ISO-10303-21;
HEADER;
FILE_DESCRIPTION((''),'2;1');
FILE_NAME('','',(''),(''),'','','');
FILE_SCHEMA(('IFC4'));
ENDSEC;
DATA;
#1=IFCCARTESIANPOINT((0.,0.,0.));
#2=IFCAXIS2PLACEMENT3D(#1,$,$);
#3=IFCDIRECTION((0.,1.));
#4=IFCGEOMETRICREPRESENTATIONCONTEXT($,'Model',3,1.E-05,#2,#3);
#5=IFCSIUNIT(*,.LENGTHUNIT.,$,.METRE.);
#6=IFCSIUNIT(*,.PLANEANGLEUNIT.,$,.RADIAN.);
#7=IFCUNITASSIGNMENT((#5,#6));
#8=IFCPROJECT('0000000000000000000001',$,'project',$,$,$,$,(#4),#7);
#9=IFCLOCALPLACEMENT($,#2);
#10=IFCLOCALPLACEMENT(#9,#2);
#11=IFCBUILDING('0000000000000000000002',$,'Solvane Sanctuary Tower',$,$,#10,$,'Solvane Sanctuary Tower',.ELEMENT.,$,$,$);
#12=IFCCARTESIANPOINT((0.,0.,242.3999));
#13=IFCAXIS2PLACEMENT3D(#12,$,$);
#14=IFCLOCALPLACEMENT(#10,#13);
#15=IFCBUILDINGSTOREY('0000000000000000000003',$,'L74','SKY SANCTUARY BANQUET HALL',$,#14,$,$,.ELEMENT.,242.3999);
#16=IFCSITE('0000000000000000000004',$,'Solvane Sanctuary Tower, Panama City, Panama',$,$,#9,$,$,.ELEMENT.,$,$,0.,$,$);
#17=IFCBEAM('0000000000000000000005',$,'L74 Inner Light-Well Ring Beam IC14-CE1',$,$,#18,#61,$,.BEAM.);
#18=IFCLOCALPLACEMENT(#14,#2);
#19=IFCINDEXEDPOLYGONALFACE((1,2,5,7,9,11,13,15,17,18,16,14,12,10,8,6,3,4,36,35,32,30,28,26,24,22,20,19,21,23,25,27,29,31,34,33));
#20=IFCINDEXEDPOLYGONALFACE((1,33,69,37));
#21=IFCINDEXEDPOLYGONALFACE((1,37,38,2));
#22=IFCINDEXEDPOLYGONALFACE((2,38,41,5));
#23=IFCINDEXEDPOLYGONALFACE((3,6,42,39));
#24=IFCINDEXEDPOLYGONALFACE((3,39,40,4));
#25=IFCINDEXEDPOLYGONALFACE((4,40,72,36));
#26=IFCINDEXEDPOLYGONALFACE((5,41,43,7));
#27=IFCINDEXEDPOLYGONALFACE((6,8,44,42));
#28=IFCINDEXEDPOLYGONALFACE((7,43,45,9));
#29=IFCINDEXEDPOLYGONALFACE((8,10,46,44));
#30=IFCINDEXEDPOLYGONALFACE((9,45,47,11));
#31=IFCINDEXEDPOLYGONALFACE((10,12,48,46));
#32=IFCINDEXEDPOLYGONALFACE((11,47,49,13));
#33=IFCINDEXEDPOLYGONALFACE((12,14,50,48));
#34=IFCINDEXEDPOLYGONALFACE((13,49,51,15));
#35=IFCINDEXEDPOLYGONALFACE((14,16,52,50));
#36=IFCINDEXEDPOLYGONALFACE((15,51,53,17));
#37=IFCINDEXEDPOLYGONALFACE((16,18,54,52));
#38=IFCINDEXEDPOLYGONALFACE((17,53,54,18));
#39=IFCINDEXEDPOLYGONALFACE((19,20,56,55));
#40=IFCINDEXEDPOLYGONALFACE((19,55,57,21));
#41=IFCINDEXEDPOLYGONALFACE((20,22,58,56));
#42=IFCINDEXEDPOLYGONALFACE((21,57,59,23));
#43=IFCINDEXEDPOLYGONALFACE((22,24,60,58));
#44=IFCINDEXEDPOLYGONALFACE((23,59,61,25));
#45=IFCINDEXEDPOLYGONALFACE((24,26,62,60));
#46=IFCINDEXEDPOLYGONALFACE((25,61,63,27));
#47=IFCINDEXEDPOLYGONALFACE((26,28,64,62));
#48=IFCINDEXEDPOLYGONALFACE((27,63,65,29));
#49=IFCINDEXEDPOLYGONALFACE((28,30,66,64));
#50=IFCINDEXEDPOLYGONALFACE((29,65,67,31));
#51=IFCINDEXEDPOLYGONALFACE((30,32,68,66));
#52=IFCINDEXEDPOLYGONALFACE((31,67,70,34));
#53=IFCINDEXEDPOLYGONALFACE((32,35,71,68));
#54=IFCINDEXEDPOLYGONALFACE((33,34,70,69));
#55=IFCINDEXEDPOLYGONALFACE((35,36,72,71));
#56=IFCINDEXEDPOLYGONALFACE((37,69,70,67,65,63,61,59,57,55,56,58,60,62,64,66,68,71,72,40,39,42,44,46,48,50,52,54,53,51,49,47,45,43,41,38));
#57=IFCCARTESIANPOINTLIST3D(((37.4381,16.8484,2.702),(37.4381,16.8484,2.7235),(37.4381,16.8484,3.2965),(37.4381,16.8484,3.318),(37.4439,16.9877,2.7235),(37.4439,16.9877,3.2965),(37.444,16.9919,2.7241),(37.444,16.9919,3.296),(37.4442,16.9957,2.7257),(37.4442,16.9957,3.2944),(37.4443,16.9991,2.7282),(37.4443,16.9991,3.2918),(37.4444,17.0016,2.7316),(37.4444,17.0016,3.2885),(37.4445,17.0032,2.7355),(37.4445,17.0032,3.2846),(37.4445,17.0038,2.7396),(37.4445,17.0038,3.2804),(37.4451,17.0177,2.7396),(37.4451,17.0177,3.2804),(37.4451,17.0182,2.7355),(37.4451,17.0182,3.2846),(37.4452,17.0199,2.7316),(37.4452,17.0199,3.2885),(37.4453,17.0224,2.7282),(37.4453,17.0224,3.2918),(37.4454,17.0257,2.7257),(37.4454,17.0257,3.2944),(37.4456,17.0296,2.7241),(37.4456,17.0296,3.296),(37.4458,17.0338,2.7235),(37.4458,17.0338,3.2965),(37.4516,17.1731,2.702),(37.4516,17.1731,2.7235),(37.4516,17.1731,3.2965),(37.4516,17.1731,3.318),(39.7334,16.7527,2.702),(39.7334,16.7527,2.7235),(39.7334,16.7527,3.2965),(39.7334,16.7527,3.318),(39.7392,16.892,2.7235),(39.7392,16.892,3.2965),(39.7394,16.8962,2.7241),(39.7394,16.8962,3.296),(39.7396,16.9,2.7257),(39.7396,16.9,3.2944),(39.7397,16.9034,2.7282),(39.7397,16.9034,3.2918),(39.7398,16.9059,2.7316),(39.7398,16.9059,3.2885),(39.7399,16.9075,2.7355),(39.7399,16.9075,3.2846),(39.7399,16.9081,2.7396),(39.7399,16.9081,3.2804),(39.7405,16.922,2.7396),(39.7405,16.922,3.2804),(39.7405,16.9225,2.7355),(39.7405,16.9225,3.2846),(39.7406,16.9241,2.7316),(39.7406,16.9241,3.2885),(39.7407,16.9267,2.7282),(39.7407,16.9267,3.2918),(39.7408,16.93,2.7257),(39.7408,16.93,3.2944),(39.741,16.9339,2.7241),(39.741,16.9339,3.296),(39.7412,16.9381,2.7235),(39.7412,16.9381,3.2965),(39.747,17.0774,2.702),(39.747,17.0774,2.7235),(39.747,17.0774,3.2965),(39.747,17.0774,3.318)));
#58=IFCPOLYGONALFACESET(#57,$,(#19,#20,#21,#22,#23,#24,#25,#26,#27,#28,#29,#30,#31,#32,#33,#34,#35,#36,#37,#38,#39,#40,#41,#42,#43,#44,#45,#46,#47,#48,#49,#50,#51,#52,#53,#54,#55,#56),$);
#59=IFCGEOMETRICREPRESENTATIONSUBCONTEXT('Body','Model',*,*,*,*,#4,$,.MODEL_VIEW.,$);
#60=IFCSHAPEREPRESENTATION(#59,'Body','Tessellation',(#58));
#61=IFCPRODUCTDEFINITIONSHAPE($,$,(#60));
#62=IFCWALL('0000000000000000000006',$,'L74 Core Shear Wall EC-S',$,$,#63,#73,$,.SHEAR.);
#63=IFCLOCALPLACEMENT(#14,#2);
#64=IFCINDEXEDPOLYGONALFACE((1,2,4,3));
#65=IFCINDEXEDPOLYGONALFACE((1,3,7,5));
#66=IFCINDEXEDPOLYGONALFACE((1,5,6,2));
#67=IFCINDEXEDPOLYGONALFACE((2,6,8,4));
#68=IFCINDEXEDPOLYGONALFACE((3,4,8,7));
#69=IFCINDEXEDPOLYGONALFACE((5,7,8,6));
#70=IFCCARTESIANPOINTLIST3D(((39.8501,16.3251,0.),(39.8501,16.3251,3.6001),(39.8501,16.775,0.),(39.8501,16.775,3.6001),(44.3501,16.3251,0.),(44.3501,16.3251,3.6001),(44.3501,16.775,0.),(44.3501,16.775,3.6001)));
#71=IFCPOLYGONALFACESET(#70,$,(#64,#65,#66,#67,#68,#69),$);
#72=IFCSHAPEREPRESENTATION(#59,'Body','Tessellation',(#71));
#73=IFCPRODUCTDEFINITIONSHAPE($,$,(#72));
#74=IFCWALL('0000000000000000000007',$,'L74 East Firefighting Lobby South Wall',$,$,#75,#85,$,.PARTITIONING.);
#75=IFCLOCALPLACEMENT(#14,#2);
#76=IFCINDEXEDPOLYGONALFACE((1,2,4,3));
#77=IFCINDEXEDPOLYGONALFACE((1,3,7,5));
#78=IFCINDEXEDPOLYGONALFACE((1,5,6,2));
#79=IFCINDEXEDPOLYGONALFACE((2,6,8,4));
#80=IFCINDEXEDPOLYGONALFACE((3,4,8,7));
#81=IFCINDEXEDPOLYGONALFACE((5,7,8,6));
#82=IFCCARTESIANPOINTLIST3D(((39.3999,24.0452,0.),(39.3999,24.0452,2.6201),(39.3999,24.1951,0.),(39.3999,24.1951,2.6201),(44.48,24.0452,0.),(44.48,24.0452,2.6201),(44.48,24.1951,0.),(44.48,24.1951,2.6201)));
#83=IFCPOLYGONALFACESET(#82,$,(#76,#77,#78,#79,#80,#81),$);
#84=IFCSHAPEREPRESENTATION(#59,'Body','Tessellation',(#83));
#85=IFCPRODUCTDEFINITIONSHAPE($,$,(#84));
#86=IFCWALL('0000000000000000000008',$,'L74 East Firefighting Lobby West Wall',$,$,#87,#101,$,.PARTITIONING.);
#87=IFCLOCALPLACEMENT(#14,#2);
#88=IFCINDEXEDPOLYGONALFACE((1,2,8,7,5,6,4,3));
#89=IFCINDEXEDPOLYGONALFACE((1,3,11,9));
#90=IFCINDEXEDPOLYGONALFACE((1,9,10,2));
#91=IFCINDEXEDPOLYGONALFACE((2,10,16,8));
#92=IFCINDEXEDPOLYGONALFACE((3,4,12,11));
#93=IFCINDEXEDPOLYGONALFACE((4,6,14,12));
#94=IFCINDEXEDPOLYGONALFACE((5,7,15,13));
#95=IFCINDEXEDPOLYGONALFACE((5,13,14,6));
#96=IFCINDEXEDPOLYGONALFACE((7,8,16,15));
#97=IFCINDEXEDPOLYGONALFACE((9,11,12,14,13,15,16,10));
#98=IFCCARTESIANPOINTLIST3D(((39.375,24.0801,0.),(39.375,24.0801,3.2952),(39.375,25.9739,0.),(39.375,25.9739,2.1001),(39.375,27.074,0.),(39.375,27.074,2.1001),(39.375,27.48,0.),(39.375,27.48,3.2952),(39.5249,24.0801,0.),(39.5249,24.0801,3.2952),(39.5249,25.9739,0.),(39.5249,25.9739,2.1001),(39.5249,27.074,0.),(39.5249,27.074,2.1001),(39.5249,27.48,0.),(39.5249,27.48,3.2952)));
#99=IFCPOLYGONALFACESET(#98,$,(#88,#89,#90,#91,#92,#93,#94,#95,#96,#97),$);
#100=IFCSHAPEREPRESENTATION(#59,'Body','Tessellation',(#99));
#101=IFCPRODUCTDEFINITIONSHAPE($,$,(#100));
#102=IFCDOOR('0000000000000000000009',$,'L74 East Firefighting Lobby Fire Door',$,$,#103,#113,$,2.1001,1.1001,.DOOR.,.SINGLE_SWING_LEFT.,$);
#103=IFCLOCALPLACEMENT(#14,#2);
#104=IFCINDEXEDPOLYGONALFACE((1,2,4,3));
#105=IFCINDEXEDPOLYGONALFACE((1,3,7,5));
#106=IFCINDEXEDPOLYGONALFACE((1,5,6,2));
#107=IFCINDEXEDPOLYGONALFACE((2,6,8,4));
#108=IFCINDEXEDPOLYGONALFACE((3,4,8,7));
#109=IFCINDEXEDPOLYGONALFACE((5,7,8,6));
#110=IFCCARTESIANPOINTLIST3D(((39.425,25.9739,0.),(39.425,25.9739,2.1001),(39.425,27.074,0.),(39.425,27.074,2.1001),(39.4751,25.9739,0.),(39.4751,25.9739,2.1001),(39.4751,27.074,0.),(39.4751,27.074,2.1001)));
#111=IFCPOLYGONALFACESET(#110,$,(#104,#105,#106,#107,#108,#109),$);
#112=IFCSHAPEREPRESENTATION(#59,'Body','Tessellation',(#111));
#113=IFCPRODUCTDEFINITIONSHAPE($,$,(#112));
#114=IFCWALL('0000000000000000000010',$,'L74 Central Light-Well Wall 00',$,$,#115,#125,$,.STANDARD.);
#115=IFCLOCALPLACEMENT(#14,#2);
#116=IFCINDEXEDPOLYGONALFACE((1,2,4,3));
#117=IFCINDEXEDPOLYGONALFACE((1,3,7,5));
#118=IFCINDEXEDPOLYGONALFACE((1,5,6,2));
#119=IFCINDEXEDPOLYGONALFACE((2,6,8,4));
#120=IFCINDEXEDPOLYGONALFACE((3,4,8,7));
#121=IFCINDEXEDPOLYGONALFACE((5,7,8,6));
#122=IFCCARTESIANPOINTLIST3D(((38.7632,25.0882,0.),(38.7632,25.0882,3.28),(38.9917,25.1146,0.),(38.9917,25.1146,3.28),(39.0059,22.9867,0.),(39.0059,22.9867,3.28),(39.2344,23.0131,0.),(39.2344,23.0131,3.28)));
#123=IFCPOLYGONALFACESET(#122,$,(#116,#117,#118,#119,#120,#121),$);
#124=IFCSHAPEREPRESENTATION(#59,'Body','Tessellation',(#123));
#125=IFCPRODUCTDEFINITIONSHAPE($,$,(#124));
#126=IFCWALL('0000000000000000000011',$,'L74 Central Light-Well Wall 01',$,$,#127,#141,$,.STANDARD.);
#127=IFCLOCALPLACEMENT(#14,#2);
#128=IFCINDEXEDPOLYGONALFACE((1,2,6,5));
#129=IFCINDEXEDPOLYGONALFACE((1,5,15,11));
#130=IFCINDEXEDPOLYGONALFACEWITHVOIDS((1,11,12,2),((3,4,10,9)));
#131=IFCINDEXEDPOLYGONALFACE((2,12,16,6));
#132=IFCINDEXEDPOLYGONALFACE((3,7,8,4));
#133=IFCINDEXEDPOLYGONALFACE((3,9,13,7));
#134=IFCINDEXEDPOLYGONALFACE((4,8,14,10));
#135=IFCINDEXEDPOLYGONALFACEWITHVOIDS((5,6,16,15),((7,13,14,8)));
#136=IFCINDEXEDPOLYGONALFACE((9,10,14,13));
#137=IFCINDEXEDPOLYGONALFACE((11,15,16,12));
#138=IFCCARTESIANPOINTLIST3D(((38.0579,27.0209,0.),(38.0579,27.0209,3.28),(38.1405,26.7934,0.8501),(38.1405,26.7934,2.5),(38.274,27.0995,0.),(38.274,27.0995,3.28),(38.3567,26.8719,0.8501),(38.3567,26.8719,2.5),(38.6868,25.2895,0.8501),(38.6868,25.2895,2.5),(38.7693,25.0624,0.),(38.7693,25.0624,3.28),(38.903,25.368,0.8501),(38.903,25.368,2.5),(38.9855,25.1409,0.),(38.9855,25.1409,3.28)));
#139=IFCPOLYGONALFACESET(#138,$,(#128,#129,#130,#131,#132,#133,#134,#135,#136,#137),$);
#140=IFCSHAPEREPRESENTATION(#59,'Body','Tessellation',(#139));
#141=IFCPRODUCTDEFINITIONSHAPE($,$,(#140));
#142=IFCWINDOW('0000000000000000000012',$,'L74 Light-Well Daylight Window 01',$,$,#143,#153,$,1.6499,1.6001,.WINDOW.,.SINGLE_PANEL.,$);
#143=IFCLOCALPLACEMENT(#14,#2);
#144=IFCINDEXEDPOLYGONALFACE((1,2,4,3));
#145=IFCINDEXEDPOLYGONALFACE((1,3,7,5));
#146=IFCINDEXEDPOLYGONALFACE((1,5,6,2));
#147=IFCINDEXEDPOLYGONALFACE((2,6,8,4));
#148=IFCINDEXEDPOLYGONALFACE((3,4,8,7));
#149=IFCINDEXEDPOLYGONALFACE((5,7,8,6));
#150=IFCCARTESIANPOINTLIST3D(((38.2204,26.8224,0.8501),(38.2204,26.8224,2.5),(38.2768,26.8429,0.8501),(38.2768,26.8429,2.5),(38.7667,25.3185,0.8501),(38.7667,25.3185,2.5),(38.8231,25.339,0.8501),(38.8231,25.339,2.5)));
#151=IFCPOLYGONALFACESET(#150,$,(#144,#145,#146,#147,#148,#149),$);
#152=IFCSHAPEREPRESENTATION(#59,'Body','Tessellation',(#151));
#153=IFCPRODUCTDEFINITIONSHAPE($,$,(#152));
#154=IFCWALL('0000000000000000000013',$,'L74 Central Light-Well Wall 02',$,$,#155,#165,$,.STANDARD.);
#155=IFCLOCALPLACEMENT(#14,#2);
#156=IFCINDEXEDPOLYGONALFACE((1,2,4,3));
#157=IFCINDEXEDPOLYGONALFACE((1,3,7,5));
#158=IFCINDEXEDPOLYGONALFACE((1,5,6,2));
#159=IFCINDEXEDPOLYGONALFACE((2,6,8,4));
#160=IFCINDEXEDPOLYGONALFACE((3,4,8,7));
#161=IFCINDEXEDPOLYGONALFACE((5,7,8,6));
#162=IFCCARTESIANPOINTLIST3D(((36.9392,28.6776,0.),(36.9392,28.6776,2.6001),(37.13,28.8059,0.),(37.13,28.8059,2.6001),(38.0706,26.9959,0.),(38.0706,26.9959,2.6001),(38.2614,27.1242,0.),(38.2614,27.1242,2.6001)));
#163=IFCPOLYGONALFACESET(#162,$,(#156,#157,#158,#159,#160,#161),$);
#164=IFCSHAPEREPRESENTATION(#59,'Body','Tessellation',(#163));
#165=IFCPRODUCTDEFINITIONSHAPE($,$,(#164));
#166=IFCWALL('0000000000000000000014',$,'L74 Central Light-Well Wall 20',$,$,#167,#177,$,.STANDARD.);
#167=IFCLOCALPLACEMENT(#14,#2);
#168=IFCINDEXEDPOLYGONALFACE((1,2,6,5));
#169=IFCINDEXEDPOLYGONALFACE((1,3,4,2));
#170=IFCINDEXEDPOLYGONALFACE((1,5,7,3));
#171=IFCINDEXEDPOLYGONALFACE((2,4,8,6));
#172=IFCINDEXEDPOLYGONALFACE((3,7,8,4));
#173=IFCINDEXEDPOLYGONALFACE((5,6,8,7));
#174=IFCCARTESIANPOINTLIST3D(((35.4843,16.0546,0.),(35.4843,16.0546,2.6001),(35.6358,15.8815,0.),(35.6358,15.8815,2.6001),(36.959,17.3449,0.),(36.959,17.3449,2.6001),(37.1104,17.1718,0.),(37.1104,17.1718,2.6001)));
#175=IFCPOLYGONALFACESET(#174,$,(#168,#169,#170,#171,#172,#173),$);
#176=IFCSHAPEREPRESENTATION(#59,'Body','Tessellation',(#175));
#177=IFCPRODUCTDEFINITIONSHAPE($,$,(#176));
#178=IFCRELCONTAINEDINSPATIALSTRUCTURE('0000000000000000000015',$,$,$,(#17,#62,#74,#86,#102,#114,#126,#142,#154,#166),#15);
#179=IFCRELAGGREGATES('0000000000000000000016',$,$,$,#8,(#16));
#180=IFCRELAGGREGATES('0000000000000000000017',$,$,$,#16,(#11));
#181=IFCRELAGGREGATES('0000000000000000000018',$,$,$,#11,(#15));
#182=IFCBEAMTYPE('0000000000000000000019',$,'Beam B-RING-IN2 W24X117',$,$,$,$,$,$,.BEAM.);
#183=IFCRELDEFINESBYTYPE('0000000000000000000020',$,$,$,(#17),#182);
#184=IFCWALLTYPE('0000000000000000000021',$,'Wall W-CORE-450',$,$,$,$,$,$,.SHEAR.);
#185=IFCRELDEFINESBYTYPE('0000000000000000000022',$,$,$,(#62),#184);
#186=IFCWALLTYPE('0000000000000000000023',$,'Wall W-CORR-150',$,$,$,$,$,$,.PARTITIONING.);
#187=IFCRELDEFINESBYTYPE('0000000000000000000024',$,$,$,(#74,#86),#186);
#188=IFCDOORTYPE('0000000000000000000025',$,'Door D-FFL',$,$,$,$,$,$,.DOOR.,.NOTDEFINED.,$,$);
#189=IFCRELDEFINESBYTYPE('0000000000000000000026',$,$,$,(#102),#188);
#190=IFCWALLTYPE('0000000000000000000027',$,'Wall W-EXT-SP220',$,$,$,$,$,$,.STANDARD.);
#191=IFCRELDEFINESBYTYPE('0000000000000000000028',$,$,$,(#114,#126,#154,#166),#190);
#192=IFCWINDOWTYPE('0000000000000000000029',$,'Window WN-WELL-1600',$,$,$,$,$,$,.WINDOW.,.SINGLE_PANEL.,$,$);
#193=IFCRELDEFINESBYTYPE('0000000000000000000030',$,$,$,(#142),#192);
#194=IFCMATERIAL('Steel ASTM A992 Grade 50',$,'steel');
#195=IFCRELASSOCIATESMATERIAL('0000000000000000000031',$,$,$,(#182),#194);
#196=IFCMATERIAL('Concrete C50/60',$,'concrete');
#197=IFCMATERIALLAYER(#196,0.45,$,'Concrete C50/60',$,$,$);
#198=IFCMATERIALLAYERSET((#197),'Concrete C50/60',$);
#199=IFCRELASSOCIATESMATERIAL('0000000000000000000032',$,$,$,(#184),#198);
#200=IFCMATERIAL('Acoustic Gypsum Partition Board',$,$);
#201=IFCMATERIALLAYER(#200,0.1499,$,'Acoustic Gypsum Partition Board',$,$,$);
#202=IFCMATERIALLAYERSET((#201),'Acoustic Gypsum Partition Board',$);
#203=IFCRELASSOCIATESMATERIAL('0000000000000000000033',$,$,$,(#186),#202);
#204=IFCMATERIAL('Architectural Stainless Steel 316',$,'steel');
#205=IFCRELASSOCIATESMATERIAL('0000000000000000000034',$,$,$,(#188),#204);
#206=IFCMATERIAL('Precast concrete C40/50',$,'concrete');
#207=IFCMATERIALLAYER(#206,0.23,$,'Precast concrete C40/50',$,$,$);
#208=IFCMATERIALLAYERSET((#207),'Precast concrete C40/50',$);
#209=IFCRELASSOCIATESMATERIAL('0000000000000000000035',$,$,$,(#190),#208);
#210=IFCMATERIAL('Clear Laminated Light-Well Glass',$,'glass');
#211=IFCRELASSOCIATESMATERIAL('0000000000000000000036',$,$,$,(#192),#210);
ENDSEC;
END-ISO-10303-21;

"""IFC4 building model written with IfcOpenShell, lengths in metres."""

from ifc_helpers import new_model, si_unit, direction, frame, frame_2d, origin, origin_2d, place, context, subcontext, project, spatial, rectangle, i_section, extrude, material, layer, layer_set, material_profile, profile_set, type_object, element, fill, save


model = new_model("IFC4")

# Units and contexts
model_context = context("Model", 3, precision=1e-05, world=origin(), true_north=direction((0.0, 1.0)))
body_context = subcontext(model_context, "Body", "Model", "MODEL_VIEW")
ifc_project = project(units=[si_unit("LENGTHUNIT", "METRE"), si_unit("PLANEANGLEUNIT", "RADIAN")], contexts=[model_context])

# Site, building, storey
site_placement = place(None, origin())
site = spatial("IfcSite", under=ifc_project, at=site_placement, Name="Solvane Sanctuary Tower, Panama City, Panama", CompositionType="ELEMENT", RefElevation=0.0)
building_placement = place(site_placement, origin())
building = spatial("IfcBuilding", under=site, at=building_placement, Name="Solvane Sanctuary Tower", LongName="Solvane Sanctuary Tower", CompositionType="ELEMENT")
storey_placement = place(building_placement, frame((0.0, 0.0, 242.3999)))
storey = spatial("IfcBuildingStorey", under=building, at=storey_placement, Name="L74", Description="SKY SANCTUARY BANQUET HALL", CompositionType="ELEMENT", Elevation=242.3999)

# Beam
ifc_material_1 = material(Name="Steel ASTM A992 Grade 50", Category="steel")
ifc_material_profile_1 = material_profile(ifc_material_1, i_section(OverallWidth=0.325, OverallDepth=0.616, WebThickness=0.0139, FlangeThickness=0.0215, FilletRadius=0.0161, at=origin_2d()), Name="W24X117")
ifc_profile_set_1 = profile_set([ifc_material_profile_1], Name="Steel ASTM A992 Grade 50")
beam_type_1 = type_object("IfcBeamType", Name="Beam B-RING-IN2 W24X117", PredefinedType="BEAM", material=ifc_profile_set_1)
beam_1_placement = place(storey_placement, frame((37.4448, 17.0107, 3.01), z_axis=(0.999132, -0.041657, 0.0), x_axis=(0.041657, 0.999132, 0.0)))
element("IfcBeam", 1, at=beam_1_placement, inside=storey, type_object=beam_type_1, Name="L74 Inner Light-Well Ring Beam IC14-CE1", PredefinedType="BEAM", context=body_context, shape_type="SweptSolid", body=[
    extrude(i_section(OverallWidth=0.325, OverallDepth=0.616, WebThickness=0.0139, FlangeThickness=0.0215, FilletRadius=0.0161, at=origin_2d()), origin(), (0.0, 0.0, 1.0), 2.2974),
])

# Walls
ifc_material_2 = material(Name="Concrete C50/60", Category="concrete")
ifc_layer_1 = layer(ifc_material_2, 0.45, Name="Concrete C50/60")
ifc_layer_set_1 = layer_set([ifc_layer_1], Name="Concrete C50/60")
wall_type_1 = type_object("IfcWallType", Name="Wall W-CORE-450", PredefinedType="SHEAR", material=ifc_layer_set_1)
wall_1_placement = place(storey_placement, frame((39.8501, 16.55, 0.0), z_axis=(0.0, 0.0, 1.0), x_axis=(1.0, 0.0, 0.0)))
element("IfcWall", 2, at=wall_1_placement, inside=storey, type_object=wall_type_1, Name="L74 Core Shear Wall EC-S", PredefinedType="SHEAR", context=body_context, shape_type="SweptSolid", body=[
    extrude(rectangle(XDim=4.5, YDim=0.45, at=frame_2d((2.25, 0.0))), origin(), (0.0, 0.0, 1.0), 3.6001),
])
ifc_material_3 = material(Name="Acoustic Gypsum Partition Board")
ifc_layer_2 = layer(ifc_material_3, 0.1499, Name="Acoustic Gypsum Partition Board")
ifc_layer_set_2 = layer_set([ifc_layer_2], Name="Acoustic Gypsum Partition Board")
wall_type_2 = type_object("IfcWallType", Name="Wall W-CORR-150", PredefinedType="PARTITIONING", material=ifc_layer_set_2)
wall_2_placement = place(storey_placement, frame((39.3999, 24.1201, 0.0), z_axis=(0.0, 0.0, 1.0), x_axis=(1.0, 0.0, 0.0)))
element("IfcWall", 3, at=wall_2_placement, inside=storey, type_object=wall_type_2, Name="L74 East Firefighting Lobby South Wall", PredefinedType="PARTITIONING", context=body_context, shape_type="SweptSolid", body=[
    extrude(rectangle(XDim=5.0801, YDim=0.1499, at=frame_2d((2.54, 0.0))), origin(), (0.0, 0.0, 1.0), 2.6201),
])

# Wall, opening, door
wall_3_placement = place(storey_placement, frame((39.45, 24.0801, 0.0), z_axis=(0.0, 0.0, 1.0), x_axis=(0.0, 1.0, 0.0)))
wall_3 = element("IfcWall", 4, at=wall_3_placement, inside=storey, type_object=wall_type_2, Name="L74 East Firefighting Lobby West Wall", PredefinedType="PARTITIONING", context=body_context, shape_type="SweptSolid", body=[
    extrude(rectangle(XDim=3.3999, YDim=0.1499, at=frame_2d((1.7, 0.0))), origin(), (0.0, 0.0, 1.0), 3.2952),
])
opening_1_placement = place(wall_3_placement, frame((1.8938, 0.0, 0.0)))
opening_1 = element("IfcOpeningElement", 5, at=opening_1_placement, cuts=wall_3, PredefinedType="OPENING", context=body_context, shape_type="SweptSolid", body=[
    extrude(rectangle(XDim=1.1001, YDim=2.1001, at=frame_2d((0.55, 1.05))), frame((0.0, 0.085, 0.0), z_axis=(0.0, -1.0, 0.0), x_axis=(1.0, 0.0, 0.0)), (0.0, 0.0, 1.0), 0.1699),
])
ifc_material_4 = material(Name="Architectural Stainless Steel 316", Category="steel")
door_type_1 = type_object("IfcDoorType", Name="Door D-FFL", OperationType="NOTDEFINED", PredefinedType="DOOR", material=ifc_material_4)
door_1_placement = place(opening_1_placement, origin())
door_1 = element("IfcDoor", 6, at=door_1_placement, inside=storey, type_object=door_type_1, Name="L74 East Firefighting Lobby Fire Door", OperationType="SINGLE_SWING_LEFT", OverallHeight=2.1001, OverallWidth=1.1001, PredefinedType="DOOR", context=body_context, shape_type="SweptSolid", body=[
    extrude(rectangle(XDim=1.1001, YDim=2.1001, at=frame_2d((0.55, 1.05))), frame((0.0, 0.0249, 0.0), z_axis=(0.0, -1.0, 0.0), x_axis=(1.0, 0.0, 0.0)), (0.0, 0.0, 1.0), 0.05),
])
fill(opening_1, door_1)

# Wall
ifc_material_5 = material(Name="Precast concrete C40/50", Category="concrete")
ifc_layer_3 = layer(ifc_material_5, 0.23, Name="Precast concrete C40/50")
ifc_layer_set_3 = layer_set([ifc_layer_3], Name="Precast concrete C40/50")
wall_type_3 = type_object("IfcWallType", Name="Wall W-EXT-SP220", PredefinedType="STANDARD", material=ifc_layer_set_3)
wall_4_placement = place(storey_placement, frame((39.1201, 23.0, 0.0), z_axis=(0.0, 0.0, 1.0), x_axis=(-0.114712, 0.993399, 0.0)))
element("IfcWall", 7, at=wall_4_placement, inside=storey, type_object=wall_type_3, Name="L74 Central Light-Well Wall 00", PredefinedType="STANDARD", context=body_context, shape_type="SweptSolid", body=[
    extrude(rectangle(XDim=2.1155, YDim=0.23, at=frame_2d((1.0576, 0.0))), origin(), (0.0, 0.0, 1.0), 3.28),
])

# Wall, opening, window
wall_5_placement = place(storey_placement, frame((38.8774, 25.1016, 0.0), z_axis=(0.0, 0.0, 1.0), x_axis=(-0.341423, 0.93991, 0.0)))
wall_5 = element("IfcWall", 8, at=wall_5_placement, inside=storey, type_object=wall_type_3, Name="L74 Central Light-Well Wall 01", PredefinedType="STANDARD", context=body_context, shape_type="SweptSolid", body=[
    extrude(rectangle(XDim=2.0837, YDim=0.23, at=frame_2d((1.042, 0.0))), origin(), (0.0, 0.0, 1.0), 3.28),
])
opening_2_placement = place(wall_5_placement, frame((0.2417, 0.0, 0.8501)))
opening_2 = element("IfcOpeningElement", 9, at=opening_2_placement, cuts=wall_5, PredefinedType="OPENING", context=body_context, shape_type="SweptSolid", body=[
    extrude(rectangle(XDim=1.6001, YDim=1.6499, at=frame_2d((0.8, 0.825))), frame((0.0, 0.125, 0.0), z_axis=(0.0, -1.0, 0.0), x_axis=(1.0, 0.0, 0.0)), (0.0, 0.0, 1.0), 0.25),
])
ifc_material_6 = material(Name="Clear Laminated Light-Well Glass", Category="glass")
window_type = type_object("IfcWindowType", Name="Window WN-WELL-1600", PartitioningType="SINGLE_PANEL", PredefinedType="WINDOW", material=ifc_material_6)
window_1_placement = place(opening_2_placement, origin())
window_1 = element("IfcWindow", 10, at=window_1_placement, inside=storey, type_object=window_type, Name="L74 Light-Well Daylight Window 01", OverallHeight=1.6499, OverallWidth=1.6001, PartitioningType="SINGLE_PANEL", PredefinedType="WINDOW", context=body_context, shape_type="SweptSolid", body=[
    extrude(rectangle(XDim=1.6001, YDim=1.6499, at=frame_2d((0.8, 0.825))), frame((0.0, 0.03, 0.0), z_axis=(0.0, -1.0, 0.0), x_axis=(1.0, 0.0, 0.0)), (0.0, 0.0, 1.0), 0.0601),
])
fill(opening_2, window_1)

# Walls
wall_6_placement = place(storey_placement, frame((38.166, 27.0601, 0.0), z_axis=(0.0, 0.0, 1.0), x_axis=(-0.558198, 0.829708, 0.0)))
element("IfcWall", 11, at=wall_6_placement, inside=storey, type_object=wall_type_3, Name="L74 Central Light-Well Wall 02", PredefinedType="STANDARD", context=body_context, shape_type="SweptSolid", body=[
    extrude(rectangle(XDim=2.0269, YDim=0.23, at=frame_2d((1.0134, 0.0))), origin(), (0.0, 0.0, 1.0), 2.6001),
])
wall_7_placement = place(storey_placement, frame((35.5601, 15.968, 0.0), z_axis=(0.0, 0.0, 1.0), x_axis=(0.752577, 0.658505, 0.0)))
element("IfcWall", 12, at=wall_7_placement, inside=storey, type_object=wall_type_3, Name="L74 Central Light-Well Wall 20", PredefinedType="STANDARD", context=body_context, shape_type="SweptSolid", body=[
    extrude(rectangle(XDim=1.9595, YDim=0.23, at=frame_2d((0.9797, 0.0))), origin(), (0.0, 0.0, 1.0), 2.6001),
])

save(model, "model.ifc")
